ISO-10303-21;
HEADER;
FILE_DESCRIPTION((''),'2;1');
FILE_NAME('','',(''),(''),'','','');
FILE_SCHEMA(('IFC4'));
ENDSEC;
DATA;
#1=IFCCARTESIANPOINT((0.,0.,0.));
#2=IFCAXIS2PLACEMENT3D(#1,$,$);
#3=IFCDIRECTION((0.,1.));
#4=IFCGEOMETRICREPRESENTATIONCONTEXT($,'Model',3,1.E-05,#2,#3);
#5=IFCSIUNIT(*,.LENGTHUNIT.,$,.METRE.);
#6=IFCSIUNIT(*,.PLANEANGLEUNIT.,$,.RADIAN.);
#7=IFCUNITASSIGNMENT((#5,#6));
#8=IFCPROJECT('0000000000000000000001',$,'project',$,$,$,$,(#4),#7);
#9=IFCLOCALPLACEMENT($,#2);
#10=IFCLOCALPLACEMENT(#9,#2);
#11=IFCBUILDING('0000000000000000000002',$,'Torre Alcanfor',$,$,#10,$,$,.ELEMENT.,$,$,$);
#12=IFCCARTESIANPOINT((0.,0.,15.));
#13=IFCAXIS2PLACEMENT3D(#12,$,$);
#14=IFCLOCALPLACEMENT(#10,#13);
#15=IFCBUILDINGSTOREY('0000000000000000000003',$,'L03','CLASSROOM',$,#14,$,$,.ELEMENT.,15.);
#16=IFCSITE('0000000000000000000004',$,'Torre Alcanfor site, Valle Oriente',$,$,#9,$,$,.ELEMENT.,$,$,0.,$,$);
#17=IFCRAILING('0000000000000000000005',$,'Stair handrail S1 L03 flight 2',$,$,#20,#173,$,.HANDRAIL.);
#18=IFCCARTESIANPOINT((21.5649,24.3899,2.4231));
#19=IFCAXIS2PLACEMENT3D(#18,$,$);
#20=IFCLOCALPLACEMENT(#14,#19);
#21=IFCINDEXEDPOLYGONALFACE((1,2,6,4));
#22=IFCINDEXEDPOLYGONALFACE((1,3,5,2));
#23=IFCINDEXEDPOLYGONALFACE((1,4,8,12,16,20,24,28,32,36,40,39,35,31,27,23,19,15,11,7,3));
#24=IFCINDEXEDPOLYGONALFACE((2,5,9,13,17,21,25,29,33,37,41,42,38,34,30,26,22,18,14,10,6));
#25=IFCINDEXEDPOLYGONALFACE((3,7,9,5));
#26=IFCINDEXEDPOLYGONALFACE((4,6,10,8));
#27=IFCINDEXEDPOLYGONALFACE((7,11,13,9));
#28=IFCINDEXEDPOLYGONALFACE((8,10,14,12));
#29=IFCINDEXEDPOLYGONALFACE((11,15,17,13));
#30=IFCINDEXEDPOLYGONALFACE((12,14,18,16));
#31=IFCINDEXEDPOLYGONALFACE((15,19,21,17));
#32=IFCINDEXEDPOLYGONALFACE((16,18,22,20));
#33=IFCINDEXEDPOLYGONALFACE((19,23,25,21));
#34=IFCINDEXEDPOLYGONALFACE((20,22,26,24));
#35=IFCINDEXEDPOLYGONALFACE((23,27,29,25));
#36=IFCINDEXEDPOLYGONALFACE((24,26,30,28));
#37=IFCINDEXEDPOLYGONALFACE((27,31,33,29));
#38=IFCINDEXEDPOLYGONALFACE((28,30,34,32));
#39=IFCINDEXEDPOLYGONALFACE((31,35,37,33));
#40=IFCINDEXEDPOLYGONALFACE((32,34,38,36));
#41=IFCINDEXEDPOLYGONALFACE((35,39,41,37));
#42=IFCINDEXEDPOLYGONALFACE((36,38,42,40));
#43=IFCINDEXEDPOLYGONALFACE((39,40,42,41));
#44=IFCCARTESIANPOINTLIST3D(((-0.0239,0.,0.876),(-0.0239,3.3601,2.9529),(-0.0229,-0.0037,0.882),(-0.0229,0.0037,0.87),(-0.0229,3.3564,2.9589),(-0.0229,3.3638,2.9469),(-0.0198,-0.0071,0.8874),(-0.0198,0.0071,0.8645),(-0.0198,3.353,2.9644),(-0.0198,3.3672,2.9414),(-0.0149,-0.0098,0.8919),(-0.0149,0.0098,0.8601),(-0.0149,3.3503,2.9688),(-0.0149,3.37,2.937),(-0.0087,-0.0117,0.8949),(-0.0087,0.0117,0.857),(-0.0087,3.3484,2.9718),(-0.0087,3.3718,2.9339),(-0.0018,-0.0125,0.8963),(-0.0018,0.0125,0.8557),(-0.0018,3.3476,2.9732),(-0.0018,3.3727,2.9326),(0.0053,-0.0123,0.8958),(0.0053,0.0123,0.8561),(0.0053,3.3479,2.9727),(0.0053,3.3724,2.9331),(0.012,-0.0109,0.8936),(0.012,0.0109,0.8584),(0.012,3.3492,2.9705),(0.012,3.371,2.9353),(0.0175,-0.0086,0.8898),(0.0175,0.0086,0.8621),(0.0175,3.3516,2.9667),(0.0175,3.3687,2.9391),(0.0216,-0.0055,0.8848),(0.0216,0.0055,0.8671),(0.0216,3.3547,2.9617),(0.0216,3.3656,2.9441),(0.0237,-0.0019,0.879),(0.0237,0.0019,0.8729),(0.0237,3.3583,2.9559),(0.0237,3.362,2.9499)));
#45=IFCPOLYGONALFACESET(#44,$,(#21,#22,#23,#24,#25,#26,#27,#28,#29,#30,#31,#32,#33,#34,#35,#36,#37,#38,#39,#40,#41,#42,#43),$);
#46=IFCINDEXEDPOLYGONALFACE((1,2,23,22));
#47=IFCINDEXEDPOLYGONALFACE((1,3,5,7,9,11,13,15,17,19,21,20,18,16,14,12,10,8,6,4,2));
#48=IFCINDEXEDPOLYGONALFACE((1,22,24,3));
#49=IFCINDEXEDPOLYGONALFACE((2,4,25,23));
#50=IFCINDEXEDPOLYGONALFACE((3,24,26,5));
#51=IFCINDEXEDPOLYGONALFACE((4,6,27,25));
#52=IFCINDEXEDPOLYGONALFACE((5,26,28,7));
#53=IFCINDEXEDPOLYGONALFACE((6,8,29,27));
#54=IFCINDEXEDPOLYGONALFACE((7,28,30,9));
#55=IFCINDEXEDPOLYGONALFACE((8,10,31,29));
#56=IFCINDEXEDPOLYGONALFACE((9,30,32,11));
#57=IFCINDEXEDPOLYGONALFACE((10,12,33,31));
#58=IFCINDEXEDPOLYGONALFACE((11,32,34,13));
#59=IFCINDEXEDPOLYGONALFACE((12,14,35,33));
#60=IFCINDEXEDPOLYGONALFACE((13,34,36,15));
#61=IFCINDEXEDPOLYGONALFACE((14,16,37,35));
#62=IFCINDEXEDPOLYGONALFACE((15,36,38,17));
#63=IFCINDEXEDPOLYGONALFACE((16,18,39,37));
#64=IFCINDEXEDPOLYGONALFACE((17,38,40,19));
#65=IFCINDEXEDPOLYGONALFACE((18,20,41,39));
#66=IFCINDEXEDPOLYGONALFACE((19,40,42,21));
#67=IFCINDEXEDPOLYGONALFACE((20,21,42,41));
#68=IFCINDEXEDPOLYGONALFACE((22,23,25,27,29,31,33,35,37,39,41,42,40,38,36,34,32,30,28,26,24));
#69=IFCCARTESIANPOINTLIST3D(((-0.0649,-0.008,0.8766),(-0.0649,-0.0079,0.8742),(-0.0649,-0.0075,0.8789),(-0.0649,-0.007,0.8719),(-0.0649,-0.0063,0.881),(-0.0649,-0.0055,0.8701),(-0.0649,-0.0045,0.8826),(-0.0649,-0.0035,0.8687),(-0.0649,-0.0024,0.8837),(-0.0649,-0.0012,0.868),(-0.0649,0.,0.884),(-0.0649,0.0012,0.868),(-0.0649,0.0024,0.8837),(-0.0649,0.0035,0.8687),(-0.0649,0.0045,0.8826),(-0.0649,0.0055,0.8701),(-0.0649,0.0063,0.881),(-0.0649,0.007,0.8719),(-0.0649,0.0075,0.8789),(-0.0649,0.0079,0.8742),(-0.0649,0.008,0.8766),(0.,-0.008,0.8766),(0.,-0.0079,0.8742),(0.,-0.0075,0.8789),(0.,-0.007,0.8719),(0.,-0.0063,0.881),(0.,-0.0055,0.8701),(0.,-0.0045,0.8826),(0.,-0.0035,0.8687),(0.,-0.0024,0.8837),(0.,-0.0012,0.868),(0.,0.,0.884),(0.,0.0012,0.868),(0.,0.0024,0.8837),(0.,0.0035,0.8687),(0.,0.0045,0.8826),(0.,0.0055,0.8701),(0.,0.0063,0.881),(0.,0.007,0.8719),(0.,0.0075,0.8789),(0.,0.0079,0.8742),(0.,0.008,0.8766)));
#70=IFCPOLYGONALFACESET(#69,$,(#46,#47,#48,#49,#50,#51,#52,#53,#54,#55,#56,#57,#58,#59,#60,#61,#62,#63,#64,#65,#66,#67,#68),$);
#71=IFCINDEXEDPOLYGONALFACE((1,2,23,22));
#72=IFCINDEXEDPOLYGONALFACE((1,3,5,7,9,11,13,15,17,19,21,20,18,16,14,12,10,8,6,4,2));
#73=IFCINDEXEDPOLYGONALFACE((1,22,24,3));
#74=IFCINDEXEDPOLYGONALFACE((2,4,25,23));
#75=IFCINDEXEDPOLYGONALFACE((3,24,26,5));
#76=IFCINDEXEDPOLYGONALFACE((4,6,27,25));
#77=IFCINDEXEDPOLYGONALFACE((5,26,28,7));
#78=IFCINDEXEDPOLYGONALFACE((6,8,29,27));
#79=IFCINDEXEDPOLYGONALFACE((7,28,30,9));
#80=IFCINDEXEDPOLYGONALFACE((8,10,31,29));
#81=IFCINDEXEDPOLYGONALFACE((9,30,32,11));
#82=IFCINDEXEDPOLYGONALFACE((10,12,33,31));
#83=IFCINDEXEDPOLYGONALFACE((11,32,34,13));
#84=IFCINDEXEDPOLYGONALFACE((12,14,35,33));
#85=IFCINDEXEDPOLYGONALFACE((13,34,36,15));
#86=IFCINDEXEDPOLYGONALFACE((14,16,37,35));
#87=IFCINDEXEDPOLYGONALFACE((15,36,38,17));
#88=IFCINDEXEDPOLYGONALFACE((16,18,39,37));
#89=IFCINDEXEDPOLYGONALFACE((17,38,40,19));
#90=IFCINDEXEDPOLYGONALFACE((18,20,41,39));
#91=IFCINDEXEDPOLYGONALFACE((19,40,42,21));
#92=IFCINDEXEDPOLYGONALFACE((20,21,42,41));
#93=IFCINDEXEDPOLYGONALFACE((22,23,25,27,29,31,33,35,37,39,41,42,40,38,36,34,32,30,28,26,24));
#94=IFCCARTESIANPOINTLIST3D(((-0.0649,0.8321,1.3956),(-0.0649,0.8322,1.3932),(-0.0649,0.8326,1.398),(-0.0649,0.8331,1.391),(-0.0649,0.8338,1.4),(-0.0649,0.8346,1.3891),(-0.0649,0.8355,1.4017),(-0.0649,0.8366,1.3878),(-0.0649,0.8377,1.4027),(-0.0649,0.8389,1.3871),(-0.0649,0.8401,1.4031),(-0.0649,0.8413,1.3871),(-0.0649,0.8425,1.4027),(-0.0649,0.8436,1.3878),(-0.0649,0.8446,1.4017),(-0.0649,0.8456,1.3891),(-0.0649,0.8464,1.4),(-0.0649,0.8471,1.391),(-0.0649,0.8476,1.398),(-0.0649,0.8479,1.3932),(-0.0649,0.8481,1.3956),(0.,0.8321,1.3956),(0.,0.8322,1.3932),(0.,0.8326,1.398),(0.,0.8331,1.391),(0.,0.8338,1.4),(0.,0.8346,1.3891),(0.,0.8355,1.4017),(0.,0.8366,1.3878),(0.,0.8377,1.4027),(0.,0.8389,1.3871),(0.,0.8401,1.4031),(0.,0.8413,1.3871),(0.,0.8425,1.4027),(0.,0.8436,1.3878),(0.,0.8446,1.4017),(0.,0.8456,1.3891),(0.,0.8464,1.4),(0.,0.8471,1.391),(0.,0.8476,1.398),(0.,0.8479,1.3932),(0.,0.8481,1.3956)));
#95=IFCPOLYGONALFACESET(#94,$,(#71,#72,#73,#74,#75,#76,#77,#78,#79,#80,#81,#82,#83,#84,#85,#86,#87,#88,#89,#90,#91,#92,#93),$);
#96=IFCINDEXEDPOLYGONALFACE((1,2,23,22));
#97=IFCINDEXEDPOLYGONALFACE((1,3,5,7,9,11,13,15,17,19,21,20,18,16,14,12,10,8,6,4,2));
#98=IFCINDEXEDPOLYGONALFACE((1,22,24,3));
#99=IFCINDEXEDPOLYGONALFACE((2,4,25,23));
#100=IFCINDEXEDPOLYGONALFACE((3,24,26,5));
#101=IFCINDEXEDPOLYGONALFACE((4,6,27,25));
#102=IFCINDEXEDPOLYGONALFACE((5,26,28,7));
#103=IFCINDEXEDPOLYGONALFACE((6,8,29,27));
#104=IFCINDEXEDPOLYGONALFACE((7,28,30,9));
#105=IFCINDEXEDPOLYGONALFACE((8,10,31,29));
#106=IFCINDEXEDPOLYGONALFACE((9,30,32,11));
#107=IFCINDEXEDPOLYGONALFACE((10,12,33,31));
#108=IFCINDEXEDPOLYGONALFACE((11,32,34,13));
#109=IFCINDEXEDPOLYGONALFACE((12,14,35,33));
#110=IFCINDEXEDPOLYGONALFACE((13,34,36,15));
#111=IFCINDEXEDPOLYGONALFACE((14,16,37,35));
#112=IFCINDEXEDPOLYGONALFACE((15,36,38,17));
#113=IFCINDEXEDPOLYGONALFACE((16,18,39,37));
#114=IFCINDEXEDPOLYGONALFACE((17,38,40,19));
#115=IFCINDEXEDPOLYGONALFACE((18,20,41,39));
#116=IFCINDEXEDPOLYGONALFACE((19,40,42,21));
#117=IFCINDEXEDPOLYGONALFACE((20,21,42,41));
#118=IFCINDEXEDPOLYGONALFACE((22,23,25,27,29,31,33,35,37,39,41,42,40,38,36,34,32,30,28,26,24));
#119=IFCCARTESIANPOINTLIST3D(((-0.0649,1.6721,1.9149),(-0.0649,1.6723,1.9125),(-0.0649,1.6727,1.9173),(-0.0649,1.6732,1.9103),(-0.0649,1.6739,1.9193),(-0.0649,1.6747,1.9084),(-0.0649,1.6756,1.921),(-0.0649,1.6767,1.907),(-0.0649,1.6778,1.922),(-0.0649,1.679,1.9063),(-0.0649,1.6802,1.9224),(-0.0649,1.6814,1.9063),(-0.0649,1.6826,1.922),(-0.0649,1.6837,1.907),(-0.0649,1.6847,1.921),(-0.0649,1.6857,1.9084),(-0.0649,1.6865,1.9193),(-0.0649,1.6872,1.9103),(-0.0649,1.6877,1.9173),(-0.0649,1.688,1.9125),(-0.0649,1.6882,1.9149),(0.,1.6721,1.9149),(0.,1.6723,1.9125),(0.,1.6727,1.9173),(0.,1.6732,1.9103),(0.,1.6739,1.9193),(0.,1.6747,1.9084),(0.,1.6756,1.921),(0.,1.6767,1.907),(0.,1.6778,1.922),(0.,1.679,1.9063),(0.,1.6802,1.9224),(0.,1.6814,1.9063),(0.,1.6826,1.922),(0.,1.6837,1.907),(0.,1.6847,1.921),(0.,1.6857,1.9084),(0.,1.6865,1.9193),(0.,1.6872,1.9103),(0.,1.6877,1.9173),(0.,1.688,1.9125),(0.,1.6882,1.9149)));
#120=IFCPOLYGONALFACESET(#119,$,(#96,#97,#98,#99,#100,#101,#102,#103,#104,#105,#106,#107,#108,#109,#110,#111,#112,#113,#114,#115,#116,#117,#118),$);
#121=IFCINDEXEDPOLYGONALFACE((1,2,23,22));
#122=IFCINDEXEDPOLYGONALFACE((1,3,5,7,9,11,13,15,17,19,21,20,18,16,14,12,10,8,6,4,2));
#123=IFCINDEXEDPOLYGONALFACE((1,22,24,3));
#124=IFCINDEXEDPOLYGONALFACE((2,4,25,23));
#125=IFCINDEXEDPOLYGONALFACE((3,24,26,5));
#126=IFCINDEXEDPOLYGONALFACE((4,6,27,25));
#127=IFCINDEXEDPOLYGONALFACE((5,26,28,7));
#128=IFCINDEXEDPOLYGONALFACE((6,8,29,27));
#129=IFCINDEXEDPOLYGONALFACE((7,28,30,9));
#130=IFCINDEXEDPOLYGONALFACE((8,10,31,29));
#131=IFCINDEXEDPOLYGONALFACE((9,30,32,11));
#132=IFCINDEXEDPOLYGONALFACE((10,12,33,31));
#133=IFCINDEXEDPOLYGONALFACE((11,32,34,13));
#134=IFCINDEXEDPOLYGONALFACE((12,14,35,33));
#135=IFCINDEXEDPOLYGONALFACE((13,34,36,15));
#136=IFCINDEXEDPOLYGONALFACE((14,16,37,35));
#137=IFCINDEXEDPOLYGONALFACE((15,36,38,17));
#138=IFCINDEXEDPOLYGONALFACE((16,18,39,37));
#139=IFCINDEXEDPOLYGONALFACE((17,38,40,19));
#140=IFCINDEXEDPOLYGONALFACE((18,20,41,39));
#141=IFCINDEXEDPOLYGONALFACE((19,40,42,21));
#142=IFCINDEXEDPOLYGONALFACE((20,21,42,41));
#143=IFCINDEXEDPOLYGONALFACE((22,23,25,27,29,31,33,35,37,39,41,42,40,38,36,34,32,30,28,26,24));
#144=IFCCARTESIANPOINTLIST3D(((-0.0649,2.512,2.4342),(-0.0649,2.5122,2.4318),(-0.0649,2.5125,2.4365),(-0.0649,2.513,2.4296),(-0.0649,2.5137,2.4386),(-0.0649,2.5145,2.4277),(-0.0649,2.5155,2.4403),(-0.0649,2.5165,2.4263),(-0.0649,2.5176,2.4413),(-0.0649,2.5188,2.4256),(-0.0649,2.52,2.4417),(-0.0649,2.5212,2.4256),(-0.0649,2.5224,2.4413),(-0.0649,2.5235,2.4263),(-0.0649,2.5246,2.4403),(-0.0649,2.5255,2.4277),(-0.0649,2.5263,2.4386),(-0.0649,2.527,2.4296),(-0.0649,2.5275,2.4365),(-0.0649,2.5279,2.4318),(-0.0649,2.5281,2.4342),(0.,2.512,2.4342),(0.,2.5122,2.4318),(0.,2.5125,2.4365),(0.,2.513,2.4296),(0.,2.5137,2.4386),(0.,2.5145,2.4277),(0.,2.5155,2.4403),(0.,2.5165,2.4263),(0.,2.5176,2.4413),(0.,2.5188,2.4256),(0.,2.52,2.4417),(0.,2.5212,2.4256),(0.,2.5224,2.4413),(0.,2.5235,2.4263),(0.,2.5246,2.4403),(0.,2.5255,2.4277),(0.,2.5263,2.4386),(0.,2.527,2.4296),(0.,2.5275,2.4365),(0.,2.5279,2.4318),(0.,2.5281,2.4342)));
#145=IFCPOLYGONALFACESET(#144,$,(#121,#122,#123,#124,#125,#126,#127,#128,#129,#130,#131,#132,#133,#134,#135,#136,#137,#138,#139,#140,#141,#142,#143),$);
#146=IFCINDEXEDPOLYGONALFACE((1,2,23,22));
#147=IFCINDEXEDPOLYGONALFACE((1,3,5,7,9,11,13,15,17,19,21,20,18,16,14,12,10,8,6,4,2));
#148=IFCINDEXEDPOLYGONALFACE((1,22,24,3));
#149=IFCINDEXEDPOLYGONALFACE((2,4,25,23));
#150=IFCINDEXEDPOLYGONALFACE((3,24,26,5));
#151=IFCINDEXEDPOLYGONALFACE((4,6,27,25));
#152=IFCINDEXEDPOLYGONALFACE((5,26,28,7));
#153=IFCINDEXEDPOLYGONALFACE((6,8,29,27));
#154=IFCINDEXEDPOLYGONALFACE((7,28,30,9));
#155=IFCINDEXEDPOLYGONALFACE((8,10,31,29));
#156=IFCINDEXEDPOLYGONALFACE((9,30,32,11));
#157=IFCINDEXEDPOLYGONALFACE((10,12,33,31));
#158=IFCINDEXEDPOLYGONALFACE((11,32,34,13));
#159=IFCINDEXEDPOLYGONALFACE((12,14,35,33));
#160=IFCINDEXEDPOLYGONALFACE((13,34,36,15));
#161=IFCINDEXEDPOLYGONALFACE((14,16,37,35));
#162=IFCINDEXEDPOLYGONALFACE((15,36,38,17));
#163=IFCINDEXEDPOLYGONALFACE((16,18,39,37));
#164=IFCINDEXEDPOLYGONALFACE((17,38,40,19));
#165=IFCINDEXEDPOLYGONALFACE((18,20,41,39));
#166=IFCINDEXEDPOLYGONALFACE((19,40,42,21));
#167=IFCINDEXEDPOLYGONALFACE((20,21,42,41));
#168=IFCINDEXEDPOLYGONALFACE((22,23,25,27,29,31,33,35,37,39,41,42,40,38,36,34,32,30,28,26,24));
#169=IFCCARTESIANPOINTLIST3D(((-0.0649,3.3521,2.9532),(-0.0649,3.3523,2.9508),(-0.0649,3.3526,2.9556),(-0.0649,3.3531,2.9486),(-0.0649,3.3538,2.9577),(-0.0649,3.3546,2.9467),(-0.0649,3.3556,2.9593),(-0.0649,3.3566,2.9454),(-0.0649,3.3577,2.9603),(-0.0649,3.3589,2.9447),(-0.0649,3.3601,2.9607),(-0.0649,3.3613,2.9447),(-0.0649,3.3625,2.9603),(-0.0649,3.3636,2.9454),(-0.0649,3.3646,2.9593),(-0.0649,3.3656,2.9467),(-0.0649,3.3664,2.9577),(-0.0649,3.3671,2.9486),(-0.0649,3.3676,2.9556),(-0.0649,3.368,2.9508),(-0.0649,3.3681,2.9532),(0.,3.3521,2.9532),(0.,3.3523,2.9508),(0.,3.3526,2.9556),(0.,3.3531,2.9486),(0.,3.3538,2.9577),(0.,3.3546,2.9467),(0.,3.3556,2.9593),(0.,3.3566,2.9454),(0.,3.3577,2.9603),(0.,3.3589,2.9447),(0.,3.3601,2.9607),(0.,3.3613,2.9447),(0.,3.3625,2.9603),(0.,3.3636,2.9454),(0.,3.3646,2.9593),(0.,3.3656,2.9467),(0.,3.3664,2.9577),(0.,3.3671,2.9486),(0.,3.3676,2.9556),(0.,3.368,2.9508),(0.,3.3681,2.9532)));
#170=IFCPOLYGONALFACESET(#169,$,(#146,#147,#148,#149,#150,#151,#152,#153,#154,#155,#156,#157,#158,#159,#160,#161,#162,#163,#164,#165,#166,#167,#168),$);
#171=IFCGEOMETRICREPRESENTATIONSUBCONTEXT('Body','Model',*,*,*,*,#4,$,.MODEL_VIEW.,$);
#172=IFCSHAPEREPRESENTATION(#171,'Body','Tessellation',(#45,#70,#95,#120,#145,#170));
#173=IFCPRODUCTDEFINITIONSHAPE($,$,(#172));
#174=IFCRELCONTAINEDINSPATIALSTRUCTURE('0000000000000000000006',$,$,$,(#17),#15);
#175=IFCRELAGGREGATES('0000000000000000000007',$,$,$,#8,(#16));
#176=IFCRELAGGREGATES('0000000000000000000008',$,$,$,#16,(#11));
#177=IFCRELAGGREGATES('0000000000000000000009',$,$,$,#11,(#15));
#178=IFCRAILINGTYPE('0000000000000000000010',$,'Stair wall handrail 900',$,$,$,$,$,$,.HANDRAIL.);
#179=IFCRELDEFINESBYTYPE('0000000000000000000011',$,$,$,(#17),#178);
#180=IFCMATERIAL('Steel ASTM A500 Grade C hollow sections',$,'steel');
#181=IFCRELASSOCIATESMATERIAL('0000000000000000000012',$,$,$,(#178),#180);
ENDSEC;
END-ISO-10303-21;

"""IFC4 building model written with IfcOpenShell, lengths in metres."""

from ifc_helpers import new_model, si_unit, direction, frame, origin, origin_2d, place, context, subcontext, project, spatial, circle, extrude, material, type_object, element, save


model = new_model("IFC4")

# Units and contexts
model_context = context("Model", 3, precision=1e-05, world=origin(), true_north=direction((0.0, 1.0)))
body_context = subcontext(model_context, "Body", "Model", "MODEL_VIEW")
ifc_project = project(units=[si_unit("LENGTHUNIT", "METRE"), si_unit("PLANEANGLEUNIT", "RADIAN")], contexts=[model_context])

# Site, building, storey
site_placement = place(None, origin())
site = spatial("IfcSite", under=ifc_project, at=site_placement, Name="Torre Alcanfor site, Valle Oriente", CompositionType="ELEMENT", RefElevation=0.0)
building_placement = place(site_placement, origin())
building = spatial("IfcBuilding", under=site, at=building_placement, Name="Torre Alcanfor", CompositionType="ELEMENT")
storey_placement = place(building_placement, frame((0.0, 0.0, 15.0)))
storey = spatial("IfcBuildingStorey", under=building, at=storey_placement, Name="L03", Description="CLASSROOM", CompositionType="ELEMENT", Elevation=15.0)

# Railing
ifc_material_1 = material(Name="Steel ASTM A500 Grade C hollow sections", Category="steel")
railing_type_1 = type_object("IfcRailingType", Name="Stair wall handrail 900", PredefinedType="HANDRAIL", material=ifc_material_1)
railing_1_placement = place(storey_placement, frame((21.5649, 24.3899, 2.4231)))
element("IfcRailing", 1, at=railing_1_placement, inside=storey, type_object=railing_type_1, Name="Stair handrail S1 L03 flight 2", PredefinedType="HANDRAIL", context=body_context, shape_type="SweptSolid", body=[
    extrude(circle(Radius=0.0239, at=origin_2d()), frame((0.0, 0.0, 0.876), z_axis=(0.0, 0.850623, 0.525776), x_axis=(-1.0, 0.0, 0.0)), (0.0, 0.0, 1.0), 3.9502),
    extrude(circle(Radius=0.0081, at=origin_2d()), frame((0.0, 0.0, 0.876), z_axis=(-1.0, 0.0, 0.0), x_axis=(0.0, 0.0, 1.0)), (0.0, 0.0, 1.0), 0.0649),
    extrude(circle(Radius=0.0081, at=origin_2d()), frame((0.0, 0.8401, 1.395), z_axis=(-1.0, 0.0, 0.0), x_axis=(0.0, 0.0, 1.0)), (0.0, 0.0, 1.0), 0.0649),
    extrude(circle(Radius=0.0081, at=origin_2d()), frame((0.0, 1.6802, 1.9143), z_axis=(-1.0, 0.0, 0.0), x_axis=(0.0, 0.0, 1.0)), (0.0, 0.0, 1.0), 0.0649),
    extrude(circle(Radius=0.0081, at=origin_2d()), frame((0.0, 2.52, 2.4336), z_axis=(-1.0, 0.0, 0.0), x_axis=(0.0, 0.0, 1.0)), (0.0, 0.0, 1.0), 0.0649),
    extrude(circle(Radius=0.0081, at=origin_2d()), frame((0.0, 3.3601, 2.9526), z_axis=(-1.0, 0.0, 0.0), x_axis=(0.0, 0.0, 1.0)), (0.0, 0.0, 1.0), 0.0649),
])

save(model, "model.ifc")
